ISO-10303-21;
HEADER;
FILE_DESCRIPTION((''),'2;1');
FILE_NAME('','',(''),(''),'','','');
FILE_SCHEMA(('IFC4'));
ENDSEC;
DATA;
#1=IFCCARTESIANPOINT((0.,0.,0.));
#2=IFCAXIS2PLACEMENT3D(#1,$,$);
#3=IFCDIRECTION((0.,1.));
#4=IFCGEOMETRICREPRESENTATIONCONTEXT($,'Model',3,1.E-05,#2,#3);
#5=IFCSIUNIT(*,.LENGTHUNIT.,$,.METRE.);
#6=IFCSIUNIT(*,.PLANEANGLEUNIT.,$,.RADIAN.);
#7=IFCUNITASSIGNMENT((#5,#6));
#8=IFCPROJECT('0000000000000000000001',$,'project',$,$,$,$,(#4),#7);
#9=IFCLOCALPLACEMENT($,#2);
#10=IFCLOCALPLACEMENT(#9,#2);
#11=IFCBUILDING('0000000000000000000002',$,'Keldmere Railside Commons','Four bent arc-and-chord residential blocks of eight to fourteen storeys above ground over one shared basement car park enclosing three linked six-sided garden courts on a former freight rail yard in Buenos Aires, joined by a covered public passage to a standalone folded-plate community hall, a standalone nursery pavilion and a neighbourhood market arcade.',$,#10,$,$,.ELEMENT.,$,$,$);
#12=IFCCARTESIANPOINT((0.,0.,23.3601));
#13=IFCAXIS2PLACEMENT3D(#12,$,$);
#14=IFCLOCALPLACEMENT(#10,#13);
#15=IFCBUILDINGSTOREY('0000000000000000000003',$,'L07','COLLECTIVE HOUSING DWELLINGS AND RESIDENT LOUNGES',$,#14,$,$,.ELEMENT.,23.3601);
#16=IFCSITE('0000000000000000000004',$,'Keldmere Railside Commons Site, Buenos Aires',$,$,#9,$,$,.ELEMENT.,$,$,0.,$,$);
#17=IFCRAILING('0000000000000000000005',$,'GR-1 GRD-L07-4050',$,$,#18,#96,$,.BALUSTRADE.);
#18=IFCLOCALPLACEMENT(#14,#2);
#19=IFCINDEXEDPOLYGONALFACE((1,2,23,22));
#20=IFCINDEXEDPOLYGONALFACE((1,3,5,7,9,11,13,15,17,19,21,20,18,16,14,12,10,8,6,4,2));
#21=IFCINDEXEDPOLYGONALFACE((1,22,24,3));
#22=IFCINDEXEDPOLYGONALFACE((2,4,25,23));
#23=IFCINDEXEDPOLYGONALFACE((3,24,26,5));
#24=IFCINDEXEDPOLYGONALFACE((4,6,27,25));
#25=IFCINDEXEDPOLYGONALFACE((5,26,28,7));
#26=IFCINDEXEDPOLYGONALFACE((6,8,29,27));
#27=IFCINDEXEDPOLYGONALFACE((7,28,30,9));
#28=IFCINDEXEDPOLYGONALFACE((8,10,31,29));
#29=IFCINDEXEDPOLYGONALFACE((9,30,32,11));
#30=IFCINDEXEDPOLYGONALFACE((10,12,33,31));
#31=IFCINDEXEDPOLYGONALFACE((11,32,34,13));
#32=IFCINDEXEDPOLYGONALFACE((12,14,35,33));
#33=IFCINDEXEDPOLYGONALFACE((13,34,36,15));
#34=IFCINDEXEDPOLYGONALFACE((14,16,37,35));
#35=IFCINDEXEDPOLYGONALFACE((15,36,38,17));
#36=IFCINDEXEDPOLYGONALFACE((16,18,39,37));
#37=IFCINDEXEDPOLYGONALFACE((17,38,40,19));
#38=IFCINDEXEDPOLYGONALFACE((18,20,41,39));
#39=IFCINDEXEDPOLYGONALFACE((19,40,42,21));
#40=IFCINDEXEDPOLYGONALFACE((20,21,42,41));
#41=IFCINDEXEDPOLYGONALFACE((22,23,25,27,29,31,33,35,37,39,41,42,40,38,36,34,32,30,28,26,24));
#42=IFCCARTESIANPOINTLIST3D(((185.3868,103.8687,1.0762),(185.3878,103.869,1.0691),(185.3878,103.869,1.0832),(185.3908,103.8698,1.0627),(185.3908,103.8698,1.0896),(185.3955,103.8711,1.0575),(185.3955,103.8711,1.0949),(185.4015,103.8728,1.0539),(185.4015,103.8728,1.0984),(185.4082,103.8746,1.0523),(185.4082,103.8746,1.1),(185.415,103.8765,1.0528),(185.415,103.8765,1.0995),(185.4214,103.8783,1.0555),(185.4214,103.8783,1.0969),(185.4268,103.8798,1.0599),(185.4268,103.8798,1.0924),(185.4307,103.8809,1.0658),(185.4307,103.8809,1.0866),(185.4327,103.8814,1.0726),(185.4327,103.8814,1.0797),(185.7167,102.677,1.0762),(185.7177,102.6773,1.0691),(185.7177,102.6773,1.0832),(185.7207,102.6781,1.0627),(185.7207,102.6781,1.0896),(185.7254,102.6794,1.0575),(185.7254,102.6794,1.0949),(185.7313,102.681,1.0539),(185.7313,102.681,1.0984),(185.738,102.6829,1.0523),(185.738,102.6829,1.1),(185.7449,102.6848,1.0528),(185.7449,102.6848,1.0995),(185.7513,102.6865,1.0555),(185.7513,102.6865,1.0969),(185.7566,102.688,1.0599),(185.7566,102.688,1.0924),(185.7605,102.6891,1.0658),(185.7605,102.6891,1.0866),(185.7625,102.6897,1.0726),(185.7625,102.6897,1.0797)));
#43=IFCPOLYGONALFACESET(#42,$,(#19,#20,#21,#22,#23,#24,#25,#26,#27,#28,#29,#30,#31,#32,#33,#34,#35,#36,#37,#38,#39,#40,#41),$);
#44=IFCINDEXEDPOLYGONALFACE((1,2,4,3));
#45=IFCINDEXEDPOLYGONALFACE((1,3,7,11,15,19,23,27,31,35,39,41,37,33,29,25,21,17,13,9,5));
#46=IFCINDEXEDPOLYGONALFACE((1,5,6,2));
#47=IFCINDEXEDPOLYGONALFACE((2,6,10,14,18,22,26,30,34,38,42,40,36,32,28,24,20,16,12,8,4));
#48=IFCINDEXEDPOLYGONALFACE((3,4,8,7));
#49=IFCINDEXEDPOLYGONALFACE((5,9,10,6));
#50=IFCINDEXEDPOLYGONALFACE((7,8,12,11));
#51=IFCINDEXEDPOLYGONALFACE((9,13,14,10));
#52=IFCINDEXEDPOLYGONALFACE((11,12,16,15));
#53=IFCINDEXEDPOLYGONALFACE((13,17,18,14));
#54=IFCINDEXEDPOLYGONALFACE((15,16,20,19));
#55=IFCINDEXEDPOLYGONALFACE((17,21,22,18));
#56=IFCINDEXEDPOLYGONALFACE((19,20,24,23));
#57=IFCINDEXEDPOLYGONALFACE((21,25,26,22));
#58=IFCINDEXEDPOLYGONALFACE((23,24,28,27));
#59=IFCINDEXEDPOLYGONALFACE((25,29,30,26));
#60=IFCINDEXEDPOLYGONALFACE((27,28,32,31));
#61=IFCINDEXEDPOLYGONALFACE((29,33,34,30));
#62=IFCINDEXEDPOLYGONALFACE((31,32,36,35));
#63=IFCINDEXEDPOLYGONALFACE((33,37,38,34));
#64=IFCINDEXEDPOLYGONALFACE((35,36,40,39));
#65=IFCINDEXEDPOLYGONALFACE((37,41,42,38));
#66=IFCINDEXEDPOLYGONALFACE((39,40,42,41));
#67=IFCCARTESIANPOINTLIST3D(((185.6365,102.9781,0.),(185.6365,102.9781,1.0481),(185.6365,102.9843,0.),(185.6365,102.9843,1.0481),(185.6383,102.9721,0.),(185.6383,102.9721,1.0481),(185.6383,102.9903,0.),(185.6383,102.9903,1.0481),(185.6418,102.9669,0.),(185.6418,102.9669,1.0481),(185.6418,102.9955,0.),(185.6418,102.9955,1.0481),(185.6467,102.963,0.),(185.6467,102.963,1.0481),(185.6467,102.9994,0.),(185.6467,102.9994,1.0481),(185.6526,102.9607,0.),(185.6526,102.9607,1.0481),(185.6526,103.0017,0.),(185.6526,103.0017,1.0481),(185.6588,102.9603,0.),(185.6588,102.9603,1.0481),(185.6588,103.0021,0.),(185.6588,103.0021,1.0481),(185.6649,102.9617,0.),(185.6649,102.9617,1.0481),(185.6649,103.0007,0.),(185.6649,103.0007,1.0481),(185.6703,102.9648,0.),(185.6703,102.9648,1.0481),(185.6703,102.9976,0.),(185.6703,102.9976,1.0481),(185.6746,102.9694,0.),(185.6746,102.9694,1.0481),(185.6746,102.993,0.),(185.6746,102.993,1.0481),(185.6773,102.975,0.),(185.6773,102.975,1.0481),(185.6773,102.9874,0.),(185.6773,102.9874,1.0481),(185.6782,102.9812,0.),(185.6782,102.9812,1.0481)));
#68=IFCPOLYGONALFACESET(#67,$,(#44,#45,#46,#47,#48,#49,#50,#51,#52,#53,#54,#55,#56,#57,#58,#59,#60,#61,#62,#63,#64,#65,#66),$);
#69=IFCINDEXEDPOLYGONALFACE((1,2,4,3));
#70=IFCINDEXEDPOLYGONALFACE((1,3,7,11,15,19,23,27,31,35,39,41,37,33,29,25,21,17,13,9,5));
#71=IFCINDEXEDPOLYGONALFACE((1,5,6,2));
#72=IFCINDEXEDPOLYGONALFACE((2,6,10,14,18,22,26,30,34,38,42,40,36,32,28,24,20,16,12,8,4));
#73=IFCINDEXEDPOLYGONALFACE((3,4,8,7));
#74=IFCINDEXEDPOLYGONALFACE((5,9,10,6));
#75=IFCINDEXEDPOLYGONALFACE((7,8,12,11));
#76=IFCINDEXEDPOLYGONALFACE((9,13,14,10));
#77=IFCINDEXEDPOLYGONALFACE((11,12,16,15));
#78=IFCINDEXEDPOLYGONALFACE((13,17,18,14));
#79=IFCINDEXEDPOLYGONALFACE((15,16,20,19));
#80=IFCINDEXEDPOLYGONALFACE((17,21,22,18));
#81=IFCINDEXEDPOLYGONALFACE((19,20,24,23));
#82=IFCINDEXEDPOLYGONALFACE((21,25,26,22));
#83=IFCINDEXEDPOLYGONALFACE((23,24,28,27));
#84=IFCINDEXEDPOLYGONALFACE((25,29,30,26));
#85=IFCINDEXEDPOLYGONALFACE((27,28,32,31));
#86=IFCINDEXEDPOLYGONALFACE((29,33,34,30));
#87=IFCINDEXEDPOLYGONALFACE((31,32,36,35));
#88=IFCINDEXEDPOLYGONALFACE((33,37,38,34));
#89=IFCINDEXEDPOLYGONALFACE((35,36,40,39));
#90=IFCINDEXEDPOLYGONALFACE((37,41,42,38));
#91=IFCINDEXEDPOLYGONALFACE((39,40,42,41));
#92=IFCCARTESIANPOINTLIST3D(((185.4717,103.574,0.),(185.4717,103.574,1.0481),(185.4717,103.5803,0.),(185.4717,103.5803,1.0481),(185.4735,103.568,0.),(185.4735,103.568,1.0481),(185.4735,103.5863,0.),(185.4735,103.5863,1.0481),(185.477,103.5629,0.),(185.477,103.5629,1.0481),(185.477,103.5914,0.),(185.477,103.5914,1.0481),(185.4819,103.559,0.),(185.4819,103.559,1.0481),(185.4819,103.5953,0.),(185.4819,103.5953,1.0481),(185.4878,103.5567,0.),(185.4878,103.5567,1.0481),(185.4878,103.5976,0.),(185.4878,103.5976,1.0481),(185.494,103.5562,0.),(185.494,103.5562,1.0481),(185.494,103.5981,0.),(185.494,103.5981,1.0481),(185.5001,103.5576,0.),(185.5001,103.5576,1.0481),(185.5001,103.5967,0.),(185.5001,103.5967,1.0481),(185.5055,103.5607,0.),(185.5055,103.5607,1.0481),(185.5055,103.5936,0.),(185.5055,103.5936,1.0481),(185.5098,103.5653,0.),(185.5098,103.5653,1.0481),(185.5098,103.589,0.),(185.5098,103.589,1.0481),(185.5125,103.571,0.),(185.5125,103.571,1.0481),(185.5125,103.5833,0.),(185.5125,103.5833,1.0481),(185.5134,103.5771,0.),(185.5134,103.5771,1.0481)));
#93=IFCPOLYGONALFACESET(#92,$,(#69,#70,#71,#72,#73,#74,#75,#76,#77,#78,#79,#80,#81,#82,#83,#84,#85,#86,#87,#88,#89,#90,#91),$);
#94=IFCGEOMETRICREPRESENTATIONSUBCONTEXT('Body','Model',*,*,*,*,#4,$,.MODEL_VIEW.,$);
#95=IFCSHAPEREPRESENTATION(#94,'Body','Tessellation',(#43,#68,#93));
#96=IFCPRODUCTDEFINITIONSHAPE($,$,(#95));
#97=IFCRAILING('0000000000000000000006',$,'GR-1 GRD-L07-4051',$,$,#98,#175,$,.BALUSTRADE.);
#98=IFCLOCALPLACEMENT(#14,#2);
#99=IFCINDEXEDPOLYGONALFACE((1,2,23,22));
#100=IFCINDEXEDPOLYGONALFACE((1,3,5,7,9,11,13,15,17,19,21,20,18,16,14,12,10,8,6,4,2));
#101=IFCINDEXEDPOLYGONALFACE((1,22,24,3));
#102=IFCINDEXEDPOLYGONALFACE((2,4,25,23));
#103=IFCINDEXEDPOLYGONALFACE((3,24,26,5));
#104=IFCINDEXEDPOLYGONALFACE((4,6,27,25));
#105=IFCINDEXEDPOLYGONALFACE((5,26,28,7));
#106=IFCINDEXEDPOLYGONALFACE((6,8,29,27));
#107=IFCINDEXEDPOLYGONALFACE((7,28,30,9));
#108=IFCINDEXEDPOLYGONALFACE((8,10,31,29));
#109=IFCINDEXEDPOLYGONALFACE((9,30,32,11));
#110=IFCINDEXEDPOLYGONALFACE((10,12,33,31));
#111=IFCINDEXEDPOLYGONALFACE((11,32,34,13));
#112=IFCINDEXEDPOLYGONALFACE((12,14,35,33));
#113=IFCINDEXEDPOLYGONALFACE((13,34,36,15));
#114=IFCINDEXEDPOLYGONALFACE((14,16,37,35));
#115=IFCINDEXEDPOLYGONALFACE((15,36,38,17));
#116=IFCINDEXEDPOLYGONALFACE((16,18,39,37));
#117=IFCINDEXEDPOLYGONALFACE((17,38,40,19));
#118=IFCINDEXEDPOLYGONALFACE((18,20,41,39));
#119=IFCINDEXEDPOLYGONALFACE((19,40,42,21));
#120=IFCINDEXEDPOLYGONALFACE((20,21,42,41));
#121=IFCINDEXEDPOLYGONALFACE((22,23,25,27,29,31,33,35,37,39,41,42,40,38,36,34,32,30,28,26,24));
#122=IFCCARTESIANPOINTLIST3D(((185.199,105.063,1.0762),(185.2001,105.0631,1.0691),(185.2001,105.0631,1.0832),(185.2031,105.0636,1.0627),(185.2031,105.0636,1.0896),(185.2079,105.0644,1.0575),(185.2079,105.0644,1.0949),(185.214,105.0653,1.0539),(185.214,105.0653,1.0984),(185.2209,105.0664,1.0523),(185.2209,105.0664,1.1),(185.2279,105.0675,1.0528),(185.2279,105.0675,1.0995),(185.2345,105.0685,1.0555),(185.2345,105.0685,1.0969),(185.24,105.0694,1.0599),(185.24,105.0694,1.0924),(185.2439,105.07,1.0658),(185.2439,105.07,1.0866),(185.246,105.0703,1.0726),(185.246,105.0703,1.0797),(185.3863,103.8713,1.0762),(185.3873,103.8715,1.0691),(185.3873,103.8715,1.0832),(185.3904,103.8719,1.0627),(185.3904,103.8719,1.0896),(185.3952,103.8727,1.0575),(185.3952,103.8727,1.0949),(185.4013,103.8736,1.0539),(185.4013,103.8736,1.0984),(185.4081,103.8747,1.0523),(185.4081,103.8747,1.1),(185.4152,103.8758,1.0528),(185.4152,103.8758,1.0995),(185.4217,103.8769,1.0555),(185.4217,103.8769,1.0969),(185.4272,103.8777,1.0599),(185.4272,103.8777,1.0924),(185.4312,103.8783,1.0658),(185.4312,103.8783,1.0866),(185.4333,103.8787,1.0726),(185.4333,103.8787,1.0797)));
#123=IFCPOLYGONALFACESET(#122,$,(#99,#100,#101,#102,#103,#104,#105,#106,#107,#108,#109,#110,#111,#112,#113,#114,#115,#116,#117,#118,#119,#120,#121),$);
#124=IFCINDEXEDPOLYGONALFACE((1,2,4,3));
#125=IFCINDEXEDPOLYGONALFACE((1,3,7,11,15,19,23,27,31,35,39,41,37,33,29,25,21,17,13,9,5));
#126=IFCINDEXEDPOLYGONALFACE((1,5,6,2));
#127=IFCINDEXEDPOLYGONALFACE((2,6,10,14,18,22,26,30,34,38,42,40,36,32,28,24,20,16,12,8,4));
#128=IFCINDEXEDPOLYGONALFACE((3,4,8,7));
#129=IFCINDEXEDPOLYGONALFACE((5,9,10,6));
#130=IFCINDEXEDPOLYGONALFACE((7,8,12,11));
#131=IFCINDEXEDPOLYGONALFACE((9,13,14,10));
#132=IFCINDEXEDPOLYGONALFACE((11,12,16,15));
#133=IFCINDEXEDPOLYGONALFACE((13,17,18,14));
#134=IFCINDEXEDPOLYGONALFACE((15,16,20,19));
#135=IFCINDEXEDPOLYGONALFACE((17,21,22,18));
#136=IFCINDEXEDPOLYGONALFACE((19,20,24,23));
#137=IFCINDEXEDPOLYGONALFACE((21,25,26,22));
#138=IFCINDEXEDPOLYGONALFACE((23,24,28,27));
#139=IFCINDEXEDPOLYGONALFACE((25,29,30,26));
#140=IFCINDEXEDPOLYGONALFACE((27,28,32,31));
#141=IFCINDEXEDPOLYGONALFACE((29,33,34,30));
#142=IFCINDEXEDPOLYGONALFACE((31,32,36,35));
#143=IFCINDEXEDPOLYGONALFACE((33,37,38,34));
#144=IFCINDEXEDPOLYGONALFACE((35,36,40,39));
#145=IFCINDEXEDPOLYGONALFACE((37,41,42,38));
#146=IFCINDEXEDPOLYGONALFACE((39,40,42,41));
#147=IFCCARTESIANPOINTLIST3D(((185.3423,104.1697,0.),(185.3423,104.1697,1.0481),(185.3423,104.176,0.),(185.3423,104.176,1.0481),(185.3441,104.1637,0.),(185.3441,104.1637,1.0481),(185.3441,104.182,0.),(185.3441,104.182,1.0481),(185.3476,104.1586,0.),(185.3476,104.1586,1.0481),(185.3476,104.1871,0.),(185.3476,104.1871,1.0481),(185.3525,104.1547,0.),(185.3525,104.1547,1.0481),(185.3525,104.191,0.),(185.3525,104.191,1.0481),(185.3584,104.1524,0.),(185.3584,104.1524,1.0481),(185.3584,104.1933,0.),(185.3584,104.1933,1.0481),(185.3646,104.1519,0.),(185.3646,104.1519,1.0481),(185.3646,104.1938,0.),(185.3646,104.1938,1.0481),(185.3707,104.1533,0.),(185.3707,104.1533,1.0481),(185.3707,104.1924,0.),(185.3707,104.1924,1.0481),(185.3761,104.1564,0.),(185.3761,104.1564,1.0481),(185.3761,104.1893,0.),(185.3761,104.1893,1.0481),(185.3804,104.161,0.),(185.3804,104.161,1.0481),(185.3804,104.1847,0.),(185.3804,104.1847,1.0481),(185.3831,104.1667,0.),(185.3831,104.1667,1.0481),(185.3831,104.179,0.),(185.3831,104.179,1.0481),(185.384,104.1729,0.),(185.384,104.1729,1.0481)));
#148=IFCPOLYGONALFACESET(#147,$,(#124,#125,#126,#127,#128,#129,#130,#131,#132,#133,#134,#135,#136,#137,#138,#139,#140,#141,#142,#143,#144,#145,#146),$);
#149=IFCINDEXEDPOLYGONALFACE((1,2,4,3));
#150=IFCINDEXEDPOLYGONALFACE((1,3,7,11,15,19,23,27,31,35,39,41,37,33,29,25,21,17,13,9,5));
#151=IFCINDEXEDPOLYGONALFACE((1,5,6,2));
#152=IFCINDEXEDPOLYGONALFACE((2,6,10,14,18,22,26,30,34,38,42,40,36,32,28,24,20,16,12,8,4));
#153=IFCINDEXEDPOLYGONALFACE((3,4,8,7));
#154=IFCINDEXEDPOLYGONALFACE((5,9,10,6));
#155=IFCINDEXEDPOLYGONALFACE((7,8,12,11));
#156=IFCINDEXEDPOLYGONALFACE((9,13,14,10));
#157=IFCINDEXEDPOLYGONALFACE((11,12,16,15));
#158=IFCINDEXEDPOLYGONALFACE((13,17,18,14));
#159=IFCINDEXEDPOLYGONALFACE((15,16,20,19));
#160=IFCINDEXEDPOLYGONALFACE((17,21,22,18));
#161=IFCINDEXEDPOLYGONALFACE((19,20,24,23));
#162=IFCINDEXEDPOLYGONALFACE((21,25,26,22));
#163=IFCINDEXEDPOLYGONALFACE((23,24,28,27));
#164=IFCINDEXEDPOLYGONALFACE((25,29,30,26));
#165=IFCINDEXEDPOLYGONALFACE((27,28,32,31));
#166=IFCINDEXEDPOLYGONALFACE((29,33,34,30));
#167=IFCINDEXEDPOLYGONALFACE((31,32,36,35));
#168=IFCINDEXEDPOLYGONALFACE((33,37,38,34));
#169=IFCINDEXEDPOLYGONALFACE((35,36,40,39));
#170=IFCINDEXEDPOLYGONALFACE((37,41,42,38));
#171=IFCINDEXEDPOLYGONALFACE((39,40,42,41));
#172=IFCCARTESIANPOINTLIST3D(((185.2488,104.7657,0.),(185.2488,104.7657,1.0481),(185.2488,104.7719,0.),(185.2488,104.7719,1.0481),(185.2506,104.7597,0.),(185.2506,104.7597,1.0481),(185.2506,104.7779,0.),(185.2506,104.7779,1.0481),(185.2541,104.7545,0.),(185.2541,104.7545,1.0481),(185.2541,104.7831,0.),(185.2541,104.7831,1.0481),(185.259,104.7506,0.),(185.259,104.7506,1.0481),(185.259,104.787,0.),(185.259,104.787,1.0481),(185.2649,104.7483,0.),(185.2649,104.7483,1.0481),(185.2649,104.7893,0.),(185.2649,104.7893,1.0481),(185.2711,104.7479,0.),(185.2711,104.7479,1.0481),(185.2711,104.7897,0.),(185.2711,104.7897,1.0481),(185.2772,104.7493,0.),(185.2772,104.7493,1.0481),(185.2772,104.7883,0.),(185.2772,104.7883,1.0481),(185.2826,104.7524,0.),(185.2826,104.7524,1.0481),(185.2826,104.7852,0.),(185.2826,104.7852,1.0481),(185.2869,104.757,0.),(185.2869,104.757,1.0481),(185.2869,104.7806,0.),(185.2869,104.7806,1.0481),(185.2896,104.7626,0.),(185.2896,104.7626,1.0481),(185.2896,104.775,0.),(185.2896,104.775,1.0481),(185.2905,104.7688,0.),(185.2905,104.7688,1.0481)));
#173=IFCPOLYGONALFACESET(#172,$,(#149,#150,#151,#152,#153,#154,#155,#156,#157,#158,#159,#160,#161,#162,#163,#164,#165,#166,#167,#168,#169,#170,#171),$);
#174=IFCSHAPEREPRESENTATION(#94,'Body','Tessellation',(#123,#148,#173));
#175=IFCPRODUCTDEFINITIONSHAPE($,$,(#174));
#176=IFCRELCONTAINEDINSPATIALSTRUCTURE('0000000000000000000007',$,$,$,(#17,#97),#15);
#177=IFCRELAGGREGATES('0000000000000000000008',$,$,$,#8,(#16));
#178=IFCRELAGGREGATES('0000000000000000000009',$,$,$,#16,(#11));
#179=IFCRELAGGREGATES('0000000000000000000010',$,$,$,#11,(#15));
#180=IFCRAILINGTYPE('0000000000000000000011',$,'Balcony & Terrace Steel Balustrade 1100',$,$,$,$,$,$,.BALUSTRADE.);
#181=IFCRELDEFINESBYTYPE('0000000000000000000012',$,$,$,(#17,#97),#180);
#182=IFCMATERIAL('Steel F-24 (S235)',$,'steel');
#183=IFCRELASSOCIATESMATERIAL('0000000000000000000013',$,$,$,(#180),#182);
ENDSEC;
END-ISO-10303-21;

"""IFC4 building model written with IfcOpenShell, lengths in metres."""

from ifc_helpers import new_model, si_unit, direction, frame, origin, origin_2d, place, context, subcontext, project, spatial, circle, extrude, material, type_object, element, save


model = new_model("IFC4")

# Units and contexts
model_context = context("Model", 3, precision=1e-05, world=origin(), true_north=direction((0.0, 1.0)))
body_context = subcontext(model_context, "Body", "Model", "MODEL_VIEW")
ifc_project = project(units=[si_unit("LENGTHUNIT", "METRE"), si_unit("PLANEANGLEUNIT", "RADIAN")], contexts=[model_context])

# Site, building, storey
site_placement = place(None, origin())
site = spatial("IfcSite", under=ifc_project, at=site_placement, Name="Keldmere Railside Commons Site, Buenos Aires", CompositionType="ELEMENT", RefElevation=0.0)
building_placement = place(site_placement, origin())
building = spatial("IfcBuilding", under=site, at=building_placement, Name="Keldmere Railside Commons", Description="Four bent arc-and-chord residential blocks of eight to fourteen storeys above ground over one shared basement car park enclosing three linked six-sided garden courts on a former freight rail yard in Buenos Aires, joined by a covered public passage to a standalone folded-plate community hall, a standalone nursery pavilion and a neighbourhood market arcade.", CompositionType="ELEMENT")
storey_placement = place(building_placement, frame((0.0, 0.0, 23.3601)))
storey = spatial("IfcBuildingStorey", under=building, at=storey_placement, Name="L07", Description="COLLECTIVE HOUSING DWELLINGS AND RESIDENT LOUNGES", CompositionType="ELEMENT", Elevation=23.3601)

# Railings
ifc_material_1 = material(Name="Steel F-24 (S235)", Category="steel")
railing_type = type_object("IfcRailingType", Name="Balcony & Terrace Steel Balustrade 1100", PredefinedType="BALUSTRADE", material=ifc_material_1)
railing_1_placement = place(storey_placement, frame((185.7397, 102.6833, 0.0)))
element("IfcRailing", 1, at=railing_1_placement, inside=storey, type_object=railing_type, Name="GR-1 GRD-L07-4050", PredefinedType="BALUSTRADE", context=body_context, shape_type="SweptSolid", body=[
    extrude(circle(Radius=0.0239, at=origin_2d()), frame((0.0, 0.0, 1.0762), z_axis=(-0.266758, 0.963764, 0.0), x_axis=(-0.963764, -0.266758, 0.0)), (0.0, 0.0, 1.0), 1.2366),
    extrude(circle(Radius=0.021, at=origin_2d()), frame((-0.0825, 0.2979, 0.0)), (0.0, 0.0, 1.0), 1.0481),
    extrude(circle(Radius=0.021, at=origin_2d()), frame((-0.2473, 0.8938, 0.0)), (0.0, 0.0, 1.0), 1.0481),
])
railing_2_placement = place(storey_placement, frame((185.4099, 103.875, 0.0)))
element("IfcRailing", 2, at=railing_2_placement, inside=storey, type_object=railing_type, Name="GR-1 GRD-L07-4051", PredefinedType="BALUSTRADE", context=body_context, shape_type="SweptSolid", body=[
    extrude(circle(Radius=0.0239, at=origin_2d()), frame((0.0, 0.0, 1.0762), z_axis=(-0.155235, 0.987878, 0.0), x_axis=(-0.987878, -0.155235, 0.0)), (0.0, 0.0, 1.0), 1.2063),
    extrude(circle(Radius=0.021, at=origin_2d()), frame((-0.0469, 0.2979, 0.0)), (0.0, 0.0, 1.0), 1.0481),
    extrude(circle(Radius=0.021, at=origin_2d()), frame((-0.1404, 0.8938, 0.0)), (0.0, 0.0, 1.0), 1.0481),
])

save(model, "model.ifc")
